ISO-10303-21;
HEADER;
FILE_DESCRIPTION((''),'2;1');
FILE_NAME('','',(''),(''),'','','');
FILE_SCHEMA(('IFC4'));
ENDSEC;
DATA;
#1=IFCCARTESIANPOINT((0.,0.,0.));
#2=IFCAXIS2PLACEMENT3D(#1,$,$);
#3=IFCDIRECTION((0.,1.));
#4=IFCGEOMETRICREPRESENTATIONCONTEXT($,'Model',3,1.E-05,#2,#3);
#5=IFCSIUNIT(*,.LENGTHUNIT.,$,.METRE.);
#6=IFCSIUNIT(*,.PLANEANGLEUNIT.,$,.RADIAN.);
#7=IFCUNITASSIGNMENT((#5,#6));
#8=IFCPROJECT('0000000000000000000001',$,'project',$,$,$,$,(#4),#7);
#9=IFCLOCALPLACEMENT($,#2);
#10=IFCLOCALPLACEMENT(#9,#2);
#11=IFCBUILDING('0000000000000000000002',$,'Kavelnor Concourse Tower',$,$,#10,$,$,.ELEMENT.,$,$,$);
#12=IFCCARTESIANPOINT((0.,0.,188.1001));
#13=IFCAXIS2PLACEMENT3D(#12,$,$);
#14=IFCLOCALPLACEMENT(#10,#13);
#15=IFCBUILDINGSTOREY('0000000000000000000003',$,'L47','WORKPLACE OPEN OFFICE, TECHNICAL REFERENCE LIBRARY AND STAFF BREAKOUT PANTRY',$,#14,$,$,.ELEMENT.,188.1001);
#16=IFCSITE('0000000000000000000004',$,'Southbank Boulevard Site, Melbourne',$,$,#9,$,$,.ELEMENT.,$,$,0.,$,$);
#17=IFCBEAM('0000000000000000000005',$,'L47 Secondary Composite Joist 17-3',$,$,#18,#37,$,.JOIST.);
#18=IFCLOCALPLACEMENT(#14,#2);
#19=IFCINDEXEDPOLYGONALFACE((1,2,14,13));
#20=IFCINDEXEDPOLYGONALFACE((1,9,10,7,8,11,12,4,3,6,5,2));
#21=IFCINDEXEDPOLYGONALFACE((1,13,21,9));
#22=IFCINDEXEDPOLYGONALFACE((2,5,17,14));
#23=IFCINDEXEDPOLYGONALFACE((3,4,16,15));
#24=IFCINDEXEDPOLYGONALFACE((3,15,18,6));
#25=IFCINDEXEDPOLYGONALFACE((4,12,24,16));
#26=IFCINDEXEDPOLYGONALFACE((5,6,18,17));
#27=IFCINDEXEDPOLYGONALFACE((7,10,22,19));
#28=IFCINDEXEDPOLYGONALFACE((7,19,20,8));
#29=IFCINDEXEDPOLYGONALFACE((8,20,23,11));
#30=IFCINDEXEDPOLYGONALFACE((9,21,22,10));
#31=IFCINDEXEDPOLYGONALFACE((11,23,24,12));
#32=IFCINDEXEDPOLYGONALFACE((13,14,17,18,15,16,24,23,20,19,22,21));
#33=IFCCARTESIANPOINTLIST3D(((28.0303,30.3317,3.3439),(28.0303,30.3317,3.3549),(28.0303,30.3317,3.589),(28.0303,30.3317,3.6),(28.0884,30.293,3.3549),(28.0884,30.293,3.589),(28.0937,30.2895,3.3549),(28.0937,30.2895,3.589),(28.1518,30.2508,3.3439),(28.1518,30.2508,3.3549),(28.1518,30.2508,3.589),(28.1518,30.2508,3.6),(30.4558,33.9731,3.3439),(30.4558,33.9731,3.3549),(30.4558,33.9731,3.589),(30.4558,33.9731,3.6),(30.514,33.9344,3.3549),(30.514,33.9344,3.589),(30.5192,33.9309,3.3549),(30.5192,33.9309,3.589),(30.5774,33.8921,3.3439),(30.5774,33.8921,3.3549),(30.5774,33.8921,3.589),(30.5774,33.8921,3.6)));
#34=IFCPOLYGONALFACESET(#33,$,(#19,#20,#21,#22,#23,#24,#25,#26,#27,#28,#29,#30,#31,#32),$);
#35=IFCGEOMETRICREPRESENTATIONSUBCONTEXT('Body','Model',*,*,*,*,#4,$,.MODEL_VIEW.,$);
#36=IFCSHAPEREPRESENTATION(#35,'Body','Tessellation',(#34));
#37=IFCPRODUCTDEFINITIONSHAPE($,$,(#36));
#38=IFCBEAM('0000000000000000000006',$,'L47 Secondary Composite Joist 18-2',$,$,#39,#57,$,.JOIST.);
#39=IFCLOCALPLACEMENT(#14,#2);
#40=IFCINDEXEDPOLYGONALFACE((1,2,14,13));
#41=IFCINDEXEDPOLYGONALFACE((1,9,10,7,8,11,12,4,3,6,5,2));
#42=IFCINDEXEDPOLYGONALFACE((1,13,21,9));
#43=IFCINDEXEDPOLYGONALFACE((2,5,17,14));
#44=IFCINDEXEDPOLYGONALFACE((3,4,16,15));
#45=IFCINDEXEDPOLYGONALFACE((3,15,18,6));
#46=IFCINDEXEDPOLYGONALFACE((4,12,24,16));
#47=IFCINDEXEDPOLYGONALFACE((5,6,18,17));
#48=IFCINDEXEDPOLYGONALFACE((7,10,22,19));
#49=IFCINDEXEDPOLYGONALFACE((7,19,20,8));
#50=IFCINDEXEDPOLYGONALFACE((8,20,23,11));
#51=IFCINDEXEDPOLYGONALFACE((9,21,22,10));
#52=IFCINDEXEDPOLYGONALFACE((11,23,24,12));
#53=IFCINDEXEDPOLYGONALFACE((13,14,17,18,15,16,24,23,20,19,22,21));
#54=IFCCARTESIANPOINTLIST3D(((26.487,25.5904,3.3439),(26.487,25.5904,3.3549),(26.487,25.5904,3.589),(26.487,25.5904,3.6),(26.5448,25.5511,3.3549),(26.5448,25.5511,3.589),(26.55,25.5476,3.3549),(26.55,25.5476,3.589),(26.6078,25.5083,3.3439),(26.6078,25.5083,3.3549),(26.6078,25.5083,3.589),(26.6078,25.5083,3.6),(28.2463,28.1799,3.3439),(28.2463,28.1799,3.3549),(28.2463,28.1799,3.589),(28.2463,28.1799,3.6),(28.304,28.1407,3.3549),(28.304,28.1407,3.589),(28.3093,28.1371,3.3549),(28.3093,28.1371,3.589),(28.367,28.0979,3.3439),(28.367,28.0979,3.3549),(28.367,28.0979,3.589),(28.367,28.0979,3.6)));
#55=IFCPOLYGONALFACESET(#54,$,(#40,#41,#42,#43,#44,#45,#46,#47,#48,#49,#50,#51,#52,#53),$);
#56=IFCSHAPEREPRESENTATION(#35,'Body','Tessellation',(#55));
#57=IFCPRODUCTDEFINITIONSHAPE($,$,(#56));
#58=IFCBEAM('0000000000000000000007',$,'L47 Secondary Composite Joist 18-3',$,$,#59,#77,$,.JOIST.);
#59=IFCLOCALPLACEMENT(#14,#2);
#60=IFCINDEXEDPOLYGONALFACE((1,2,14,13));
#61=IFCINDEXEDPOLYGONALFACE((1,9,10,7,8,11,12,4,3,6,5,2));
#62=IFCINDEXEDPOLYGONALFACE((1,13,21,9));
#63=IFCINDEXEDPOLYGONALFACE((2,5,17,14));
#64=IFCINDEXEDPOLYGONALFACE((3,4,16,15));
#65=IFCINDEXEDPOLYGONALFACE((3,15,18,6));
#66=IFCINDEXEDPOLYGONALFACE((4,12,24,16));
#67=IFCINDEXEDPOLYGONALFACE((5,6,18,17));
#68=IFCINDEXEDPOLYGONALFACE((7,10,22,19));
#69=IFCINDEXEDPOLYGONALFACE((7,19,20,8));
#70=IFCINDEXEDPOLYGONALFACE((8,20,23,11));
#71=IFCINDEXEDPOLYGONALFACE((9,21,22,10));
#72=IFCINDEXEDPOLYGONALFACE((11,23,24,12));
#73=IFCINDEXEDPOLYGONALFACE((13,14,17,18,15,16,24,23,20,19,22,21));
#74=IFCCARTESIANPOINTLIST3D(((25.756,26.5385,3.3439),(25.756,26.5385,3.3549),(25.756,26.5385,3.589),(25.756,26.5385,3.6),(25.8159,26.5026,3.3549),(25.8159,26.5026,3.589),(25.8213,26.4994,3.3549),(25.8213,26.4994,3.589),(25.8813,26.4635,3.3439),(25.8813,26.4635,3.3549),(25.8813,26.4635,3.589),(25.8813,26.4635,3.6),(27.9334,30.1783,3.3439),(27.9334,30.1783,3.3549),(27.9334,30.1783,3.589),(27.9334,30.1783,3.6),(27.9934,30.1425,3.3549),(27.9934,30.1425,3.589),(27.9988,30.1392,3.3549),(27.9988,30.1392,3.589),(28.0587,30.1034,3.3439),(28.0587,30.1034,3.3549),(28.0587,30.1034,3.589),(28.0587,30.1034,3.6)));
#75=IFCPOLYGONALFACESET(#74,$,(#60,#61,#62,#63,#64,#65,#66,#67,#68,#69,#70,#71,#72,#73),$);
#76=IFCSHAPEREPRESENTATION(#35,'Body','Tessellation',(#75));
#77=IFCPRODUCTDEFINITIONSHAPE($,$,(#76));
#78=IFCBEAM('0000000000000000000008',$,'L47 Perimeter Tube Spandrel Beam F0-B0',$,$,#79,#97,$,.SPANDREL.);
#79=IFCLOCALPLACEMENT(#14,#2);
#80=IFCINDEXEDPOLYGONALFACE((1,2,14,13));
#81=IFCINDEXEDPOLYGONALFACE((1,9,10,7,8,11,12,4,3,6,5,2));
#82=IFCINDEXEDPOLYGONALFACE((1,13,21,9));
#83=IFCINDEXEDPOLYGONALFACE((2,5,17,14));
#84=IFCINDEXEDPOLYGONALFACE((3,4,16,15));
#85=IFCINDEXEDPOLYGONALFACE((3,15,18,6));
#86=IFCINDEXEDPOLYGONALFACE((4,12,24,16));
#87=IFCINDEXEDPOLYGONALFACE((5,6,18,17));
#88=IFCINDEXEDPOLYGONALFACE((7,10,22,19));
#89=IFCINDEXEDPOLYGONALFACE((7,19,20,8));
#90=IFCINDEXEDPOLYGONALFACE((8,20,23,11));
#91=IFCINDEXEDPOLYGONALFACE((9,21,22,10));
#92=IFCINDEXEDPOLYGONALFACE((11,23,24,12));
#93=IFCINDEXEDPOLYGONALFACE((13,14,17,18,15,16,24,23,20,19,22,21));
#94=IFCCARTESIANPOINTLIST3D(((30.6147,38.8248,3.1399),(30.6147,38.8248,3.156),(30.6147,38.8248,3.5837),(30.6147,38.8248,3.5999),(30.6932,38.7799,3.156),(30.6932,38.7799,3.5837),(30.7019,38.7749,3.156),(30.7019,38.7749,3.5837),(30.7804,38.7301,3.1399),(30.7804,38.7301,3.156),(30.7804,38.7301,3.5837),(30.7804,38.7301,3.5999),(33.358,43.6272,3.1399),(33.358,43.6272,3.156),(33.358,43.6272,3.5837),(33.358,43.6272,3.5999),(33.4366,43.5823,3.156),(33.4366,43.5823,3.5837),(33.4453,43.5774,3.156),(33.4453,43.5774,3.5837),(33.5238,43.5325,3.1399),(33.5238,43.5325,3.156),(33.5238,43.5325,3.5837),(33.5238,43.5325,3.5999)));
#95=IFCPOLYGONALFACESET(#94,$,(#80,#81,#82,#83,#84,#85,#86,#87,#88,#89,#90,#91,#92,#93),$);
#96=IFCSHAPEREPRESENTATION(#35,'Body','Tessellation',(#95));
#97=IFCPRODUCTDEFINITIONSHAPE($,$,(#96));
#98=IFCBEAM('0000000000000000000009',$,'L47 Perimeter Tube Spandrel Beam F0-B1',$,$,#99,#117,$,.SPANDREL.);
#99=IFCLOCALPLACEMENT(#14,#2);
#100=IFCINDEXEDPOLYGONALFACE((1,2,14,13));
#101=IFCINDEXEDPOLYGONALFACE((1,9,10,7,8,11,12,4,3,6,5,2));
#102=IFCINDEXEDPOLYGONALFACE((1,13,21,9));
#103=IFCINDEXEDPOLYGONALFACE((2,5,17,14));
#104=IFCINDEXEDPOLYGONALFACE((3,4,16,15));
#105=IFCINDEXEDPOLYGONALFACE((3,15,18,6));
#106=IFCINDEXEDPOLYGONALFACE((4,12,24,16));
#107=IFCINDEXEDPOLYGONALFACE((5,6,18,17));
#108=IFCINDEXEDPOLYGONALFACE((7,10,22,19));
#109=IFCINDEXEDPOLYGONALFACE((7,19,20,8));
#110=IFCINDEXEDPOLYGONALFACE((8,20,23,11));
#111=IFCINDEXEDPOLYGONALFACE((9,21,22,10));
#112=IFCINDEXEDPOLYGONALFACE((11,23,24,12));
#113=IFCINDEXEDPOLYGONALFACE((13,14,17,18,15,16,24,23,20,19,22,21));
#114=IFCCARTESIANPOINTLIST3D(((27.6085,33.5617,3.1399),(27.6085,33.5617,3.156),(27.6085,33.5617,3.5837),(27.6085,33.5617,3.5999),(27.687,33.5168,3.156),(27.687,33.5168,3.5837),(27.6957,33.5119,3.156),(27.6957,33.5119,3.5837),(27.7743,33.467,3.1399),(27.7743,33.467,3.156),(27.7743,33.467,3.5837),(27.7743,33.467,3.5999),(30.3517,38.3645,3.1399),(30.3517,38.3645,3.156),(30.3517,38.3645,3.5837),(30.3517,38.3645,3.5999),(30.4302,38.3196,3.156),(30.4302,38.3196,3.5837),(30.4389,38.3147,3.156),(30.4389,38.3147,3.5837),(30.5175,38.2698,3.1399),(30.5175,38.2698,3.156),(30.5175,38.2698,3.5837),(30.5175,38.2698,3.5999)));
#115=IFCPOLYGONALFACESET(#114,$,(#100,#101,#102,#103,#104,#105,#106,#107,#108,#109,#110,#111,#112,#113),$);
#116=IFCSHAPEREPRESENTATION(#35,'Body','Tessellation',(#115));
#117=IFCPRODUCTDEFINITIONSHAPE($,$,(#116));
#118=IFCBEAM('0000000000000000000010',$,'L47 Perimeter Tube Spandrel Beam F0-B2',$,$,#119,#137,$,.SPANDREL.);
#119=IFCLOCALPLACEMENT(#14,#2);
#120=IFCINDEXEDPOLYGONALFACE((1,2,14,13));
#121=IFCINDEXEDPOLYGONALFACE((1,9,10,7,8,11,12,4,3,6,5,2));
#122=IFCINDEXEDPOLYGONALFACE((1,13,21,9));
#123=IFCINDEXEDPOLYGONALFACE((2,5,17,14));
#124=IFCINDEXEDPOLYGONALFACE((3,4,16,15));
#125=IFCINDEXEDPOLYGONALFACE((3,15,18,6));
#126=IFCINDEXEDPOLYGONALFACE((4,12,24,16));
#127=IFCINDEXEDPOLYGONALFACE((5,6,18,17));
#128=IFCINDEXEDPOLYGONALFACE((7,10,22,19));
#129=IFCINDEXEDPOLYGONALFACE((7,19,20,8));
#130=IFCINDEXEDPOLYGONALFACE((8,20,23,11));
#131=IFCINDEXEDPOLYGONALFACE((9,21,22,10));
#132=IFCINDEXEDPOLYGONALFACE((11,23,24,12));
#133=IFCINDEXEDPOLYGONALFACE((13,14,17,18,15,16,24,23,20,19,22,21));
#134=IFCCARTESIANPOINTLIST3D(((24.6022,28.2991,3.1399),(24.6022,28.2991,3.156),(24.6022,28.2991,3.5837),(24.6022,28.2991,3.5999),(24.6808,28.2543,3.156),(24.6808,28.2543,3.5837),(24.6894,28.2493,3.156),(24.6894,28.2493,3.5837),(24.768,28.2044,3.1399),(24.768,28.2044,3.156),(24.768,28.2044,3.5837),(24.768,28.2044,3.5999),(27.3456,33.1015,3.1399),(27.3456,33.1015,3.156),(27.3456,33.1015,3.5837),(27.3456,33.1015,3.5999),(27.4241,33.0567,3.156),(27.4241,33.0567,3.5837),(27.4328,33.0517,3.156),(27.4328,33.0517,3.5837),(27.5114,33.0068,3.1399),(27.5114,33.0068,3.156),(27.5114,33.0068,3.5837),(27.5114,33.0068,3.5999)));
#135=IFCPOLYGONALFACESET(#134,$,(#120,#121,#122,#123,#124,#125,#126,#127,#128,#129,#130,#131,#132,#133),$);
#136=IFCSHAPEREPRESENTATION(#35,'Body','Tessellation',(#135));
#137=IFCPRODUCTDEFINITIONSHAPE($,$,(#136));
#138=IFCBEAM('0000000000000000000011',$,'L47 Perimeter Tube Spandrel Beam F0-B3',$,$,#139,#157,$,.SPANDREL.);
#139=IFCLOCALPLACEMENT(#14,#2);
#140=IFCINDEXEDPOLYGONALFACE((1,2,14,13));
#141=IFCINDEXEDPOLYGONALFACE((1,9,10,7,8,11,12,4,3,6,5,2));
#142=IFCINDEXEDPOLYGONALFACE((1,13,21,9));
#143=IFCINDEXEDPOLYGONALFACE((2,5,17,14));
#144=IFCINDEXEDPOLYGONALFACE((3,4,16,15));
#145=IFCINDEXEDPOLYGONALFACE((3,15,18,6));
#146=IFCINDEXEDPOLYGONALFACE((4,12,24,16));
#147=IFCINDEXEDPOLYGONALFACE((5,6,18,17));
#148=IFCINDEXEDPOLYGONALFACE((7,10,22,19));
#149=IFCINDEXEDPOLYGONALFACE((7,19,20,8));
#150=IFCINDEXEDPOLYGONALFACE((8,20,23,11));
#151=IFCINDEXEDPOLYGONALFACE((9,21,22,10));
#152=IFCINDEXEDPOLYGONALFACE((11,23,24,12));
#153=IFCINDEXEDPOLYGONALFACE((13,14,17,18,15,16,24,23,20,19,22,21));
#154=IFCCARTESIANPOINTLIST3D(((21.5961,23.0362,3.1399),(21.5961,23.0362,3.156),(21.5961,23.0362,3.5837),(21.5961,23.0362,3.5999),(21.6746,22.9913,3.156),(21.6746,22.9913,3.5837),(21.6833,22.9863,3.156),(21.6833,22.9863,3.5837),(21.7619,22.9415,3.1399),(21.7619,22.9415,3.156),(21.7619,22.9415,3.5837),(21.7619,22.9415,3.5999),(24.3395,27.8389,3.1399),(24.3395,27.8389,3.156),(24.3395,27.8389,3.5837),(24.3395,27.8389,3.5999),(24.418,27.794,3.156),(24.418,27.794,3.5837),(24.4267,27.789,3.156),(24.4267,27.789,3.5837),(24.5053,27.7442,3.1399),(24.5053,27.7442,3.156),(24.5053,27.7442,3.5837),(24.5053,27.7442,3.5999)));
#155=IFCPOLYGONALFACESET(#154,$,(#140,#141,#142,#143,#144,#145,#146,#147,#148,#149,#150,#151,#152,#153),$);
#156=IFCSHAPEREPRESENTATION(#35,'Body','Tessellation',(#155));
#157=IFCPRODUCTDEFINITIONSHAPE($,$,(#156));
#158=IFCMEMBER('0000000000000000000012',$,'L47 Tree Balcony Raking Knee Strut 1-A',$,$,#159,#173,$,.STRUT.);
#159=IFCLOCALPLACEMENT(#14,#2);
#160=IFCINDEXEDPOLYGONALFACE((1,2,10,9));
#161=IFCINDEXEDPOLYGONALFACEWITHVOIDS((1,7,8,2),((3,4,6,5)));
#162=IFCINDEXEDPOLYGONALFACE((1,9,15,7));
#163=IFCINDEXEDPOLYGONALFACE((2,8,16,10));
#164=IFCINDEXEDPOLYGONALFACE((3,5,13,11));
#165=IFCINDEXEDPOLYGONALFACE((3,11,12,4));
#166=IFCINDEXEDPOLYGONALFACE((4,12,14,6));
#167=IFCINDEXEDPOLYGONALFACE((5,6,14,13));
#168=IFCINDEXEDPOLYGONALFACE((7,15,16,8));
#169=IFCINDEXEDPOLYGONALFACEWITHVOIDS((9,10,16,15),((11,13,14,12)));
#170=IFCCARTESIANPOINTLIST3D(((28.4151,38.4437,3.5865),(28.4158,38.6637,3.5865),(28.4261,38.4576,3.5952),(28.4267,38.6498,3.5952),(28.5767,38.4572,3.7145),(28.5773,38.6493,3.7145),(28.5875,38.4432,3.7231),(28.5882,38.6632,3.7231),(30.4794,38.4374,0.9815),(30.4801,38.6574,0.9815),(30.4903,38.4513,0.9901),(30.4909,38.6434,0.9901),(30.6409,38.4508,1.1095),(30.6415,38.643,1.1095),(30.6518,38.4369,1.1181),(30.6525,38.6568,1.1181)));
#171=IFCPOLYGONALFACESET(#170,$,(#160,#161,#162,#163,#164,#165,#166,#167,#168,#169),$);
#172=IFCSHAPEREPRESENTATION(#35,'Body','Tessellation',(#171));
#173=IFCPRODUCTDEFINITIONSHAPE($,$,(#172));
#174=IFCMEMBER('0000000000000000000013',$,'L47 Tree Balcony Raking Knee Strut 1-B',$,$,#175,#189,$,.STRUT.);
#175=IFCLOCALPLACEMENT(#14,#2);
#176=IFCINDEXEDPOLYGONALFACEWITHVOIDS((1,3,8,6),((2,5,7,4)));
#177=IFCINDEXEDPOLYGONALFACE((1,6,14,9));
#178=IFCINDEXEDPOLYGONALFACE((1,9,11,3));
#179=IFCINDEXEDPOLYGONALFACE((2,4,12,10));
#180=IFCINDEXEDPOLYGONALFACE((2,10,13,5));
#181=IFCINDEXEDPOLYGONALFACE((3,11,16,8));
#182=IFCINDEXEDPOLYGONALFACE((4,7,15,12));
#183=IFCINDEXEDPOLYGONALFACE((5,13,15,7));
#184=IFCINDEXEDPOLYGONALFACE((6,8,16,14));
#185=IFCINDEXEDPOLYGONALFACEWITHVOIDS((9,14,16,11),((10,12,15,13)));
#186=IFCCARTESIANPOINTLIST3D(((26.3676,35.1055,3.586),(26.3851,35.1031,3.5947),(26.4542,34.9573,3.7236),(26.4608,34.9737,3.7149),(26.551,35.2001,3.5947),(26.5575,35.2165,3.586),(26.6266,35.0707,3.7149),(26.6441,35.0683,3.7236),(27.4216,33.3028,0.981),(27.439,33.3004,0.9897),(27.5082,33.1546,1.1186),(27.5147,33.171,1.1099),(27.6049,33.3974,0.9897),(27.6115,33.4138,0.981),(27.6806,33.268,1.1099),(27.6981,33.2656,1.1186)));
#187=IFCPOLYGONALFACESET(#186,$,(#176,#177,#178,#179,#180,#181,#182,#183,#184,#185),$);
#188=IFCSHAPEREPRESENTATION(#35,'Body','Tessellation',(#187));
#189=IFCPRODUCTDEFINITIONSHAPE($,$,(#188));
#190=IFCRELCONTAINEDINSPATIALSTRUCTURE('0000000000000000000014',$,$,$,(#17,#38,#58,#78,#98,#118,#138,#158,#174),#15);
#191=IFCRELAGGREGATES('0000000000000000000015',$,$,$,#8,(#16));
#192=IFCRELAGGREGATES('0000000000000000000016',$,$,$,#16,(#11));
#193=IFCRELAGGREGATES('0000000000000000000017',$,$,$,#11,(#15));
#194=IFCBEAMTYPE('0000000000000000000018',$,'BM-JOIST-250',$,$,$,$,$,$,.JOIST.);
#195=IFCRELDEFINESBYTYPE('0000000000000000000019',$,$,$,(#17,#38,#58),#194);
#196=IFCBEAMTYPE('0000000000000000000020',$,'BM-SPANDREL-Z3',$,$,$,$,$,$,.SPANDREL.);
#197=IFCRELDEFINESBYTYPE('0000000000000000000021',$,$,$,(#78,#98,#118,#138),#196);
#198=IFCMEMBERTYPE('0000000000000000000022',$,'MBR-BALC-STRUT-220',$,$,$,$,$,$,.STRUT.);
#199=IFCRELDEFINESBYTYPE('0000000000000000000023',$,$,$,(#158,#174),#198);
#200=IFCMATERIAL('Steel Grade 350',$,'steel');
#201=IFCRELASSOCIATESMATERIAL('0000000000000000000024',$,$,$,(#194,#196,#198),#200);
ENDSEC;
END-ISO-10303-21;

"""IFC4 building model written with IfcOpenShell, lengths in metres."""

from ifc_helpers import new_model, si_unit, direction, frame, origin, origin_2d, place, context, subcontext, project, spatial, hollow_rectangle, i_section, extrude, material, material_profile, profile_set, type_object, element, save


model = new_model("IFC4")

# Units and contexts
model_context = context("Model", 3, precision=1e-05, world=origin(), true_north=direction((0.0, 1.0)))
body_context = subcontext(model_context, "Body", "Model", "MODEL_VIEW")
ifc_project = project(units=[si_unit("LENGTHUNIT", "METRE"), si_unit("PLANEANGLEUNIT", "RADIAN")], contexts=[model_context])

# Site, building, storey
site_placement = place(None, origin())
site = spatial("IfcSite", under=ifc_project, at=site_placement, Name="Southbank Boulevard Site, Melbourne", CompositionType="ELEMENT", RefElevation=0.0)
building_placement = place(site_placement, origin())
building = spatial("IfcBuilding", under=site, at=building_placement, Name="Kavelnor Concourse Tower", CompositionType="ELEMENT")
storey_placement = place(building_placement, frame((0.0, 0.0, 188.1001)))
storey = spatial("IfcBuildingStorey", under=building, at=storey_placement, Name="L47", Description="WORKPLACE OPEN OFFICE, TECHNICAL REFERENCE LIBRARY AND STAFF BREAKOUT PANTRY", CompositionType="ELEMENT", Elevation=188.1001)

# Shared definitions
ifc_material_1 = material(Name="Steel Grade 350", Category="steel")

# Beams
ifc_material_profile_1 = material_profile(ifc_material_1, i_section(OverallWidth=0.146, OverallDepth=0.2561, WebThickness=0.0063, FlangeThickness=0.011, at=origin_2d()), Name="250UB37")
ifc_profile_set_1 = profile_set([ifc_material_profile_1], Name="Steel Grade 350")
beam_type_1 = type_object("IfcBeamType", Name="BM-JOIST-250", PredefinedType="JOIST", material=ifc_profile_set_1)
beam_1_placement = place(storey_placement, frame((30.5166, 33.9326, 3.4719), z_axis=(-0.554378, -0.832265, 0.0), x_axis=(0.832265, -0.554378, 0.0)))
element("IfcBeam", 1, at=beam_1_placement, inside=storey, type_object=beam_type_1, Name="L47 Secondary Composite Joist 17-3", PredefinedType="JOIST", context=body_context, shape_type="SweptSolid", body=[
    extrude(i_section(OverallWidth=0.146, OverallDepth=0.2561, WebThickness=0.0063, FlangeThickness=0.011, at=origin_2d()), origin(), (0.0, 0.0, 1.0), 4.3752),
])
beam_2_placement = place(storey_placement, frame((28.3066, 28.1389, 3.4719), z_axis=(-0.561949, -0.827172, 0.0), x_axis=(0.827172, -0.561949, 0.0)))
element("IfcBeam", 2, at=beam_2_placement, inside=storey, type_object=beam_type_1, Name="L47 Secondary Composite Joist 18-2", PredefinedType="JOIST", context=body_context, shape_type="SweptSolid", body=[
    extrude(i_section(OverallWidth=0.146, OverallDepth=0.2561, WebThickness=0.0063, FlangeThickness=0.011, at=origin_2d()), origin(), (0.0, 0.0, 1.0), 3.1306),
])
beam_3_placement = place(storey_placement, frame((27.9961, 30.1409, 3.4719), z_axis=(-0.513378, -0.858163, 0.0), x_axis=(0.858163, -0.513378, 0.0)))
element("IfcBeam", 3, at=beam_3_placement, inside=storey, type_object=beam_type_1, Name="L47 Secondary Composite Joist 18-3", PredefinedType="JOIST", context=body_context, shape_type="SweptSolid", body=[
    extrude(i_section(OverallWidth=0.146, OverallDepth=0.2561, WebThickness=0.0063, FlangeThickness=0.011, at=origin_2d()), origin(), (0.0, 0.0, 1.0), 4.2415),
])
ifc_material_profile_2 = material_profile(ifc_material_1, i_section(OverallWidth=0.1909, OverallDepth=0.46, WebThickness=0.01, FlangeThickness=0.0161, at=origin_2d()), Name="460UB82")
ifc_profile_set_2 = profile_set([ifc_material_profile_2], Name="Steel Grade 350")
beam_type_2 = type_object("IfcBeamType", Name="BM-SPANDREL-Z3", PredefinedType="SPANDREL", material=ifc_profile_set_2)
beam_4_placement = place(storey_placement, frame((33.4409, 43.5798, 3.3699), z_axis=(-0.49602, -0.868311, 0.0), x_axis=(0.868311, -0.49602, 0.0)))
element("IfcBeam", 4, at=beam_4_placement, inside=storey, type_object=beam_type_2, Name="L47 Perimeter Tube Spandrel Beam F0-B0", PredefinedType="SPANDREL", context=body_context, shape_type="SweptSolid", body=[
    extrude(i_section(OverallWidth=0.1909, OverallDepth=0.46, WebThickness=0.01, FlangeThickness=0.0161, at=origin_2d()), origin(), (0.0, 0.0, 1.0), 5.5308),
])
beam_5_placement = place(storey_placement, frame((30.4346, 38.3171, 3.3699), z_axis=(-0.495968, -0.868341, 0.0), x_axis=(0.868341, -0.495968, 0.0)))
element("IfcBeam", 5, at=beam_5_placement, inside=storey, type_object=beam_type_2, Name="L47 Perimeter Tube Spandrel Beam F0-B1", PredefinedType="SPANDREL", context=body_context, shape_type="SweptSolid", body=[
    extrude(i_section(OverallWidth=0.1909, OverallDepth=0.46, WebThickness=0.01, FlangeThickness=0.0161, at=origin_2d()), origin(), (0.0, 0.0, 1.0), 5.531),
])
beam_6_placement = place(storey_placement, frame((27.4285, 33.0542, 3.3699), z_axis=(-0.49602, -0.868311, 0.0), x_axis=(0.868311, -0.49602, 0.0)))
element("IfcBeam", 6, at=beam_6_placement, inside=storey, type_object=beam_type_2, Name="L47 Perimeter Tube Spandrel Beam F0-B2", PredefinedType="SPANDREL", context=body_context, shape_type="SweptSolid", body=[
    extrude(i_section(OverallWidth=0.1909, OverallDepth=0.46, WebThickness=0.01, FlangeThickness=0.0161, at=origin_2d()), origin(), (0.0, 0.0, 1.0), 5.5308),
])
beam_7_placement = place(storey_placement, frame((24.4224, 27.7915, 3.3699), z_axis=(-0.496001, -0.868322, 0.0), x_axis=(0.868322, -0.496001, 0.0)))
element("IfcBeam", 7, at=beam_7_placement, inside=storey, type_object=beam_type_2, Name="L47 Perimeter Tube Spandrel Beam F0-B3", PredefinedType="SPANDREL", context=body_context, shape_type="SweptSolid", body=[
    extrude(i_section(OverallWidth=0.1909, OverallDepth=0.46, WebThickness=0.01, FlangeThickness=0.0161, at=origin_2d()), origin(), (0.0, 0.0, 1.0), 5.531),
])

# Members
ifc_material_profile_3 = material_profile(ifc_material_1, hollow_rectangle(XDim=0.22, YDim=0.22, WallThickness=0.0139, at=origin_2d()), Name="SHS 220x220x14")
ifc_profile_set_3 = profile_set([ifc_material_profile_3], Name="Steel Grade 350")
member_type_1 = type_object("IfcMemberType", Name="MBR-BALC-STRUT-220", PredefinedType="STRUT", material=ifc_profile_set_3)
member_1_placement = place(storey_placement, frame((30.5659, 38.5471, 1.0498), z_axis=(-0.621059, 0.00191, 0.783761), x_axis=(-0.003075, -0.999995, 0.0)))
element("IfcMember", 8, at=member_1_placement, inside=storey, type_object=member_type_1, Name="L47 Tree Balcony Raking Knee Strut 1-A", PredefinedType="STRUT", context=body_context, shape_type="SweptSolid", body=[
    extrude(hollow_rectangle(XDim=0.22, YDim=0.22, WallThickness=0.0139, at=origin_2d()), origin(), (0.0, 0.0, 1.0), 3.3237),
])
member_2_placement = place(storey_placement, frame((27.5598, 33.2842, 1.0498), z_axis=(-0.315683, 0.539959, 0.780249), x_axis=(-0.863287, -0.504714, 0.0)))
element("IfcMember", 9, at=member_2_placement, inside=storey, type_object=member_type_1, Name="L47 Tree Balcony Raking Knee Strut 1-B", PredefinedType="STRUT", context=body_context, shape_type="SweptSolid", body=[
    extrude(hollow_rectangle(XDim=0.22, YDim=0.22, WallThickness=0.0139, at=origin_2d()), origin(), (0.0, 0.0, 1.0), 3.3386),
])

save(model, "model.ifc")
